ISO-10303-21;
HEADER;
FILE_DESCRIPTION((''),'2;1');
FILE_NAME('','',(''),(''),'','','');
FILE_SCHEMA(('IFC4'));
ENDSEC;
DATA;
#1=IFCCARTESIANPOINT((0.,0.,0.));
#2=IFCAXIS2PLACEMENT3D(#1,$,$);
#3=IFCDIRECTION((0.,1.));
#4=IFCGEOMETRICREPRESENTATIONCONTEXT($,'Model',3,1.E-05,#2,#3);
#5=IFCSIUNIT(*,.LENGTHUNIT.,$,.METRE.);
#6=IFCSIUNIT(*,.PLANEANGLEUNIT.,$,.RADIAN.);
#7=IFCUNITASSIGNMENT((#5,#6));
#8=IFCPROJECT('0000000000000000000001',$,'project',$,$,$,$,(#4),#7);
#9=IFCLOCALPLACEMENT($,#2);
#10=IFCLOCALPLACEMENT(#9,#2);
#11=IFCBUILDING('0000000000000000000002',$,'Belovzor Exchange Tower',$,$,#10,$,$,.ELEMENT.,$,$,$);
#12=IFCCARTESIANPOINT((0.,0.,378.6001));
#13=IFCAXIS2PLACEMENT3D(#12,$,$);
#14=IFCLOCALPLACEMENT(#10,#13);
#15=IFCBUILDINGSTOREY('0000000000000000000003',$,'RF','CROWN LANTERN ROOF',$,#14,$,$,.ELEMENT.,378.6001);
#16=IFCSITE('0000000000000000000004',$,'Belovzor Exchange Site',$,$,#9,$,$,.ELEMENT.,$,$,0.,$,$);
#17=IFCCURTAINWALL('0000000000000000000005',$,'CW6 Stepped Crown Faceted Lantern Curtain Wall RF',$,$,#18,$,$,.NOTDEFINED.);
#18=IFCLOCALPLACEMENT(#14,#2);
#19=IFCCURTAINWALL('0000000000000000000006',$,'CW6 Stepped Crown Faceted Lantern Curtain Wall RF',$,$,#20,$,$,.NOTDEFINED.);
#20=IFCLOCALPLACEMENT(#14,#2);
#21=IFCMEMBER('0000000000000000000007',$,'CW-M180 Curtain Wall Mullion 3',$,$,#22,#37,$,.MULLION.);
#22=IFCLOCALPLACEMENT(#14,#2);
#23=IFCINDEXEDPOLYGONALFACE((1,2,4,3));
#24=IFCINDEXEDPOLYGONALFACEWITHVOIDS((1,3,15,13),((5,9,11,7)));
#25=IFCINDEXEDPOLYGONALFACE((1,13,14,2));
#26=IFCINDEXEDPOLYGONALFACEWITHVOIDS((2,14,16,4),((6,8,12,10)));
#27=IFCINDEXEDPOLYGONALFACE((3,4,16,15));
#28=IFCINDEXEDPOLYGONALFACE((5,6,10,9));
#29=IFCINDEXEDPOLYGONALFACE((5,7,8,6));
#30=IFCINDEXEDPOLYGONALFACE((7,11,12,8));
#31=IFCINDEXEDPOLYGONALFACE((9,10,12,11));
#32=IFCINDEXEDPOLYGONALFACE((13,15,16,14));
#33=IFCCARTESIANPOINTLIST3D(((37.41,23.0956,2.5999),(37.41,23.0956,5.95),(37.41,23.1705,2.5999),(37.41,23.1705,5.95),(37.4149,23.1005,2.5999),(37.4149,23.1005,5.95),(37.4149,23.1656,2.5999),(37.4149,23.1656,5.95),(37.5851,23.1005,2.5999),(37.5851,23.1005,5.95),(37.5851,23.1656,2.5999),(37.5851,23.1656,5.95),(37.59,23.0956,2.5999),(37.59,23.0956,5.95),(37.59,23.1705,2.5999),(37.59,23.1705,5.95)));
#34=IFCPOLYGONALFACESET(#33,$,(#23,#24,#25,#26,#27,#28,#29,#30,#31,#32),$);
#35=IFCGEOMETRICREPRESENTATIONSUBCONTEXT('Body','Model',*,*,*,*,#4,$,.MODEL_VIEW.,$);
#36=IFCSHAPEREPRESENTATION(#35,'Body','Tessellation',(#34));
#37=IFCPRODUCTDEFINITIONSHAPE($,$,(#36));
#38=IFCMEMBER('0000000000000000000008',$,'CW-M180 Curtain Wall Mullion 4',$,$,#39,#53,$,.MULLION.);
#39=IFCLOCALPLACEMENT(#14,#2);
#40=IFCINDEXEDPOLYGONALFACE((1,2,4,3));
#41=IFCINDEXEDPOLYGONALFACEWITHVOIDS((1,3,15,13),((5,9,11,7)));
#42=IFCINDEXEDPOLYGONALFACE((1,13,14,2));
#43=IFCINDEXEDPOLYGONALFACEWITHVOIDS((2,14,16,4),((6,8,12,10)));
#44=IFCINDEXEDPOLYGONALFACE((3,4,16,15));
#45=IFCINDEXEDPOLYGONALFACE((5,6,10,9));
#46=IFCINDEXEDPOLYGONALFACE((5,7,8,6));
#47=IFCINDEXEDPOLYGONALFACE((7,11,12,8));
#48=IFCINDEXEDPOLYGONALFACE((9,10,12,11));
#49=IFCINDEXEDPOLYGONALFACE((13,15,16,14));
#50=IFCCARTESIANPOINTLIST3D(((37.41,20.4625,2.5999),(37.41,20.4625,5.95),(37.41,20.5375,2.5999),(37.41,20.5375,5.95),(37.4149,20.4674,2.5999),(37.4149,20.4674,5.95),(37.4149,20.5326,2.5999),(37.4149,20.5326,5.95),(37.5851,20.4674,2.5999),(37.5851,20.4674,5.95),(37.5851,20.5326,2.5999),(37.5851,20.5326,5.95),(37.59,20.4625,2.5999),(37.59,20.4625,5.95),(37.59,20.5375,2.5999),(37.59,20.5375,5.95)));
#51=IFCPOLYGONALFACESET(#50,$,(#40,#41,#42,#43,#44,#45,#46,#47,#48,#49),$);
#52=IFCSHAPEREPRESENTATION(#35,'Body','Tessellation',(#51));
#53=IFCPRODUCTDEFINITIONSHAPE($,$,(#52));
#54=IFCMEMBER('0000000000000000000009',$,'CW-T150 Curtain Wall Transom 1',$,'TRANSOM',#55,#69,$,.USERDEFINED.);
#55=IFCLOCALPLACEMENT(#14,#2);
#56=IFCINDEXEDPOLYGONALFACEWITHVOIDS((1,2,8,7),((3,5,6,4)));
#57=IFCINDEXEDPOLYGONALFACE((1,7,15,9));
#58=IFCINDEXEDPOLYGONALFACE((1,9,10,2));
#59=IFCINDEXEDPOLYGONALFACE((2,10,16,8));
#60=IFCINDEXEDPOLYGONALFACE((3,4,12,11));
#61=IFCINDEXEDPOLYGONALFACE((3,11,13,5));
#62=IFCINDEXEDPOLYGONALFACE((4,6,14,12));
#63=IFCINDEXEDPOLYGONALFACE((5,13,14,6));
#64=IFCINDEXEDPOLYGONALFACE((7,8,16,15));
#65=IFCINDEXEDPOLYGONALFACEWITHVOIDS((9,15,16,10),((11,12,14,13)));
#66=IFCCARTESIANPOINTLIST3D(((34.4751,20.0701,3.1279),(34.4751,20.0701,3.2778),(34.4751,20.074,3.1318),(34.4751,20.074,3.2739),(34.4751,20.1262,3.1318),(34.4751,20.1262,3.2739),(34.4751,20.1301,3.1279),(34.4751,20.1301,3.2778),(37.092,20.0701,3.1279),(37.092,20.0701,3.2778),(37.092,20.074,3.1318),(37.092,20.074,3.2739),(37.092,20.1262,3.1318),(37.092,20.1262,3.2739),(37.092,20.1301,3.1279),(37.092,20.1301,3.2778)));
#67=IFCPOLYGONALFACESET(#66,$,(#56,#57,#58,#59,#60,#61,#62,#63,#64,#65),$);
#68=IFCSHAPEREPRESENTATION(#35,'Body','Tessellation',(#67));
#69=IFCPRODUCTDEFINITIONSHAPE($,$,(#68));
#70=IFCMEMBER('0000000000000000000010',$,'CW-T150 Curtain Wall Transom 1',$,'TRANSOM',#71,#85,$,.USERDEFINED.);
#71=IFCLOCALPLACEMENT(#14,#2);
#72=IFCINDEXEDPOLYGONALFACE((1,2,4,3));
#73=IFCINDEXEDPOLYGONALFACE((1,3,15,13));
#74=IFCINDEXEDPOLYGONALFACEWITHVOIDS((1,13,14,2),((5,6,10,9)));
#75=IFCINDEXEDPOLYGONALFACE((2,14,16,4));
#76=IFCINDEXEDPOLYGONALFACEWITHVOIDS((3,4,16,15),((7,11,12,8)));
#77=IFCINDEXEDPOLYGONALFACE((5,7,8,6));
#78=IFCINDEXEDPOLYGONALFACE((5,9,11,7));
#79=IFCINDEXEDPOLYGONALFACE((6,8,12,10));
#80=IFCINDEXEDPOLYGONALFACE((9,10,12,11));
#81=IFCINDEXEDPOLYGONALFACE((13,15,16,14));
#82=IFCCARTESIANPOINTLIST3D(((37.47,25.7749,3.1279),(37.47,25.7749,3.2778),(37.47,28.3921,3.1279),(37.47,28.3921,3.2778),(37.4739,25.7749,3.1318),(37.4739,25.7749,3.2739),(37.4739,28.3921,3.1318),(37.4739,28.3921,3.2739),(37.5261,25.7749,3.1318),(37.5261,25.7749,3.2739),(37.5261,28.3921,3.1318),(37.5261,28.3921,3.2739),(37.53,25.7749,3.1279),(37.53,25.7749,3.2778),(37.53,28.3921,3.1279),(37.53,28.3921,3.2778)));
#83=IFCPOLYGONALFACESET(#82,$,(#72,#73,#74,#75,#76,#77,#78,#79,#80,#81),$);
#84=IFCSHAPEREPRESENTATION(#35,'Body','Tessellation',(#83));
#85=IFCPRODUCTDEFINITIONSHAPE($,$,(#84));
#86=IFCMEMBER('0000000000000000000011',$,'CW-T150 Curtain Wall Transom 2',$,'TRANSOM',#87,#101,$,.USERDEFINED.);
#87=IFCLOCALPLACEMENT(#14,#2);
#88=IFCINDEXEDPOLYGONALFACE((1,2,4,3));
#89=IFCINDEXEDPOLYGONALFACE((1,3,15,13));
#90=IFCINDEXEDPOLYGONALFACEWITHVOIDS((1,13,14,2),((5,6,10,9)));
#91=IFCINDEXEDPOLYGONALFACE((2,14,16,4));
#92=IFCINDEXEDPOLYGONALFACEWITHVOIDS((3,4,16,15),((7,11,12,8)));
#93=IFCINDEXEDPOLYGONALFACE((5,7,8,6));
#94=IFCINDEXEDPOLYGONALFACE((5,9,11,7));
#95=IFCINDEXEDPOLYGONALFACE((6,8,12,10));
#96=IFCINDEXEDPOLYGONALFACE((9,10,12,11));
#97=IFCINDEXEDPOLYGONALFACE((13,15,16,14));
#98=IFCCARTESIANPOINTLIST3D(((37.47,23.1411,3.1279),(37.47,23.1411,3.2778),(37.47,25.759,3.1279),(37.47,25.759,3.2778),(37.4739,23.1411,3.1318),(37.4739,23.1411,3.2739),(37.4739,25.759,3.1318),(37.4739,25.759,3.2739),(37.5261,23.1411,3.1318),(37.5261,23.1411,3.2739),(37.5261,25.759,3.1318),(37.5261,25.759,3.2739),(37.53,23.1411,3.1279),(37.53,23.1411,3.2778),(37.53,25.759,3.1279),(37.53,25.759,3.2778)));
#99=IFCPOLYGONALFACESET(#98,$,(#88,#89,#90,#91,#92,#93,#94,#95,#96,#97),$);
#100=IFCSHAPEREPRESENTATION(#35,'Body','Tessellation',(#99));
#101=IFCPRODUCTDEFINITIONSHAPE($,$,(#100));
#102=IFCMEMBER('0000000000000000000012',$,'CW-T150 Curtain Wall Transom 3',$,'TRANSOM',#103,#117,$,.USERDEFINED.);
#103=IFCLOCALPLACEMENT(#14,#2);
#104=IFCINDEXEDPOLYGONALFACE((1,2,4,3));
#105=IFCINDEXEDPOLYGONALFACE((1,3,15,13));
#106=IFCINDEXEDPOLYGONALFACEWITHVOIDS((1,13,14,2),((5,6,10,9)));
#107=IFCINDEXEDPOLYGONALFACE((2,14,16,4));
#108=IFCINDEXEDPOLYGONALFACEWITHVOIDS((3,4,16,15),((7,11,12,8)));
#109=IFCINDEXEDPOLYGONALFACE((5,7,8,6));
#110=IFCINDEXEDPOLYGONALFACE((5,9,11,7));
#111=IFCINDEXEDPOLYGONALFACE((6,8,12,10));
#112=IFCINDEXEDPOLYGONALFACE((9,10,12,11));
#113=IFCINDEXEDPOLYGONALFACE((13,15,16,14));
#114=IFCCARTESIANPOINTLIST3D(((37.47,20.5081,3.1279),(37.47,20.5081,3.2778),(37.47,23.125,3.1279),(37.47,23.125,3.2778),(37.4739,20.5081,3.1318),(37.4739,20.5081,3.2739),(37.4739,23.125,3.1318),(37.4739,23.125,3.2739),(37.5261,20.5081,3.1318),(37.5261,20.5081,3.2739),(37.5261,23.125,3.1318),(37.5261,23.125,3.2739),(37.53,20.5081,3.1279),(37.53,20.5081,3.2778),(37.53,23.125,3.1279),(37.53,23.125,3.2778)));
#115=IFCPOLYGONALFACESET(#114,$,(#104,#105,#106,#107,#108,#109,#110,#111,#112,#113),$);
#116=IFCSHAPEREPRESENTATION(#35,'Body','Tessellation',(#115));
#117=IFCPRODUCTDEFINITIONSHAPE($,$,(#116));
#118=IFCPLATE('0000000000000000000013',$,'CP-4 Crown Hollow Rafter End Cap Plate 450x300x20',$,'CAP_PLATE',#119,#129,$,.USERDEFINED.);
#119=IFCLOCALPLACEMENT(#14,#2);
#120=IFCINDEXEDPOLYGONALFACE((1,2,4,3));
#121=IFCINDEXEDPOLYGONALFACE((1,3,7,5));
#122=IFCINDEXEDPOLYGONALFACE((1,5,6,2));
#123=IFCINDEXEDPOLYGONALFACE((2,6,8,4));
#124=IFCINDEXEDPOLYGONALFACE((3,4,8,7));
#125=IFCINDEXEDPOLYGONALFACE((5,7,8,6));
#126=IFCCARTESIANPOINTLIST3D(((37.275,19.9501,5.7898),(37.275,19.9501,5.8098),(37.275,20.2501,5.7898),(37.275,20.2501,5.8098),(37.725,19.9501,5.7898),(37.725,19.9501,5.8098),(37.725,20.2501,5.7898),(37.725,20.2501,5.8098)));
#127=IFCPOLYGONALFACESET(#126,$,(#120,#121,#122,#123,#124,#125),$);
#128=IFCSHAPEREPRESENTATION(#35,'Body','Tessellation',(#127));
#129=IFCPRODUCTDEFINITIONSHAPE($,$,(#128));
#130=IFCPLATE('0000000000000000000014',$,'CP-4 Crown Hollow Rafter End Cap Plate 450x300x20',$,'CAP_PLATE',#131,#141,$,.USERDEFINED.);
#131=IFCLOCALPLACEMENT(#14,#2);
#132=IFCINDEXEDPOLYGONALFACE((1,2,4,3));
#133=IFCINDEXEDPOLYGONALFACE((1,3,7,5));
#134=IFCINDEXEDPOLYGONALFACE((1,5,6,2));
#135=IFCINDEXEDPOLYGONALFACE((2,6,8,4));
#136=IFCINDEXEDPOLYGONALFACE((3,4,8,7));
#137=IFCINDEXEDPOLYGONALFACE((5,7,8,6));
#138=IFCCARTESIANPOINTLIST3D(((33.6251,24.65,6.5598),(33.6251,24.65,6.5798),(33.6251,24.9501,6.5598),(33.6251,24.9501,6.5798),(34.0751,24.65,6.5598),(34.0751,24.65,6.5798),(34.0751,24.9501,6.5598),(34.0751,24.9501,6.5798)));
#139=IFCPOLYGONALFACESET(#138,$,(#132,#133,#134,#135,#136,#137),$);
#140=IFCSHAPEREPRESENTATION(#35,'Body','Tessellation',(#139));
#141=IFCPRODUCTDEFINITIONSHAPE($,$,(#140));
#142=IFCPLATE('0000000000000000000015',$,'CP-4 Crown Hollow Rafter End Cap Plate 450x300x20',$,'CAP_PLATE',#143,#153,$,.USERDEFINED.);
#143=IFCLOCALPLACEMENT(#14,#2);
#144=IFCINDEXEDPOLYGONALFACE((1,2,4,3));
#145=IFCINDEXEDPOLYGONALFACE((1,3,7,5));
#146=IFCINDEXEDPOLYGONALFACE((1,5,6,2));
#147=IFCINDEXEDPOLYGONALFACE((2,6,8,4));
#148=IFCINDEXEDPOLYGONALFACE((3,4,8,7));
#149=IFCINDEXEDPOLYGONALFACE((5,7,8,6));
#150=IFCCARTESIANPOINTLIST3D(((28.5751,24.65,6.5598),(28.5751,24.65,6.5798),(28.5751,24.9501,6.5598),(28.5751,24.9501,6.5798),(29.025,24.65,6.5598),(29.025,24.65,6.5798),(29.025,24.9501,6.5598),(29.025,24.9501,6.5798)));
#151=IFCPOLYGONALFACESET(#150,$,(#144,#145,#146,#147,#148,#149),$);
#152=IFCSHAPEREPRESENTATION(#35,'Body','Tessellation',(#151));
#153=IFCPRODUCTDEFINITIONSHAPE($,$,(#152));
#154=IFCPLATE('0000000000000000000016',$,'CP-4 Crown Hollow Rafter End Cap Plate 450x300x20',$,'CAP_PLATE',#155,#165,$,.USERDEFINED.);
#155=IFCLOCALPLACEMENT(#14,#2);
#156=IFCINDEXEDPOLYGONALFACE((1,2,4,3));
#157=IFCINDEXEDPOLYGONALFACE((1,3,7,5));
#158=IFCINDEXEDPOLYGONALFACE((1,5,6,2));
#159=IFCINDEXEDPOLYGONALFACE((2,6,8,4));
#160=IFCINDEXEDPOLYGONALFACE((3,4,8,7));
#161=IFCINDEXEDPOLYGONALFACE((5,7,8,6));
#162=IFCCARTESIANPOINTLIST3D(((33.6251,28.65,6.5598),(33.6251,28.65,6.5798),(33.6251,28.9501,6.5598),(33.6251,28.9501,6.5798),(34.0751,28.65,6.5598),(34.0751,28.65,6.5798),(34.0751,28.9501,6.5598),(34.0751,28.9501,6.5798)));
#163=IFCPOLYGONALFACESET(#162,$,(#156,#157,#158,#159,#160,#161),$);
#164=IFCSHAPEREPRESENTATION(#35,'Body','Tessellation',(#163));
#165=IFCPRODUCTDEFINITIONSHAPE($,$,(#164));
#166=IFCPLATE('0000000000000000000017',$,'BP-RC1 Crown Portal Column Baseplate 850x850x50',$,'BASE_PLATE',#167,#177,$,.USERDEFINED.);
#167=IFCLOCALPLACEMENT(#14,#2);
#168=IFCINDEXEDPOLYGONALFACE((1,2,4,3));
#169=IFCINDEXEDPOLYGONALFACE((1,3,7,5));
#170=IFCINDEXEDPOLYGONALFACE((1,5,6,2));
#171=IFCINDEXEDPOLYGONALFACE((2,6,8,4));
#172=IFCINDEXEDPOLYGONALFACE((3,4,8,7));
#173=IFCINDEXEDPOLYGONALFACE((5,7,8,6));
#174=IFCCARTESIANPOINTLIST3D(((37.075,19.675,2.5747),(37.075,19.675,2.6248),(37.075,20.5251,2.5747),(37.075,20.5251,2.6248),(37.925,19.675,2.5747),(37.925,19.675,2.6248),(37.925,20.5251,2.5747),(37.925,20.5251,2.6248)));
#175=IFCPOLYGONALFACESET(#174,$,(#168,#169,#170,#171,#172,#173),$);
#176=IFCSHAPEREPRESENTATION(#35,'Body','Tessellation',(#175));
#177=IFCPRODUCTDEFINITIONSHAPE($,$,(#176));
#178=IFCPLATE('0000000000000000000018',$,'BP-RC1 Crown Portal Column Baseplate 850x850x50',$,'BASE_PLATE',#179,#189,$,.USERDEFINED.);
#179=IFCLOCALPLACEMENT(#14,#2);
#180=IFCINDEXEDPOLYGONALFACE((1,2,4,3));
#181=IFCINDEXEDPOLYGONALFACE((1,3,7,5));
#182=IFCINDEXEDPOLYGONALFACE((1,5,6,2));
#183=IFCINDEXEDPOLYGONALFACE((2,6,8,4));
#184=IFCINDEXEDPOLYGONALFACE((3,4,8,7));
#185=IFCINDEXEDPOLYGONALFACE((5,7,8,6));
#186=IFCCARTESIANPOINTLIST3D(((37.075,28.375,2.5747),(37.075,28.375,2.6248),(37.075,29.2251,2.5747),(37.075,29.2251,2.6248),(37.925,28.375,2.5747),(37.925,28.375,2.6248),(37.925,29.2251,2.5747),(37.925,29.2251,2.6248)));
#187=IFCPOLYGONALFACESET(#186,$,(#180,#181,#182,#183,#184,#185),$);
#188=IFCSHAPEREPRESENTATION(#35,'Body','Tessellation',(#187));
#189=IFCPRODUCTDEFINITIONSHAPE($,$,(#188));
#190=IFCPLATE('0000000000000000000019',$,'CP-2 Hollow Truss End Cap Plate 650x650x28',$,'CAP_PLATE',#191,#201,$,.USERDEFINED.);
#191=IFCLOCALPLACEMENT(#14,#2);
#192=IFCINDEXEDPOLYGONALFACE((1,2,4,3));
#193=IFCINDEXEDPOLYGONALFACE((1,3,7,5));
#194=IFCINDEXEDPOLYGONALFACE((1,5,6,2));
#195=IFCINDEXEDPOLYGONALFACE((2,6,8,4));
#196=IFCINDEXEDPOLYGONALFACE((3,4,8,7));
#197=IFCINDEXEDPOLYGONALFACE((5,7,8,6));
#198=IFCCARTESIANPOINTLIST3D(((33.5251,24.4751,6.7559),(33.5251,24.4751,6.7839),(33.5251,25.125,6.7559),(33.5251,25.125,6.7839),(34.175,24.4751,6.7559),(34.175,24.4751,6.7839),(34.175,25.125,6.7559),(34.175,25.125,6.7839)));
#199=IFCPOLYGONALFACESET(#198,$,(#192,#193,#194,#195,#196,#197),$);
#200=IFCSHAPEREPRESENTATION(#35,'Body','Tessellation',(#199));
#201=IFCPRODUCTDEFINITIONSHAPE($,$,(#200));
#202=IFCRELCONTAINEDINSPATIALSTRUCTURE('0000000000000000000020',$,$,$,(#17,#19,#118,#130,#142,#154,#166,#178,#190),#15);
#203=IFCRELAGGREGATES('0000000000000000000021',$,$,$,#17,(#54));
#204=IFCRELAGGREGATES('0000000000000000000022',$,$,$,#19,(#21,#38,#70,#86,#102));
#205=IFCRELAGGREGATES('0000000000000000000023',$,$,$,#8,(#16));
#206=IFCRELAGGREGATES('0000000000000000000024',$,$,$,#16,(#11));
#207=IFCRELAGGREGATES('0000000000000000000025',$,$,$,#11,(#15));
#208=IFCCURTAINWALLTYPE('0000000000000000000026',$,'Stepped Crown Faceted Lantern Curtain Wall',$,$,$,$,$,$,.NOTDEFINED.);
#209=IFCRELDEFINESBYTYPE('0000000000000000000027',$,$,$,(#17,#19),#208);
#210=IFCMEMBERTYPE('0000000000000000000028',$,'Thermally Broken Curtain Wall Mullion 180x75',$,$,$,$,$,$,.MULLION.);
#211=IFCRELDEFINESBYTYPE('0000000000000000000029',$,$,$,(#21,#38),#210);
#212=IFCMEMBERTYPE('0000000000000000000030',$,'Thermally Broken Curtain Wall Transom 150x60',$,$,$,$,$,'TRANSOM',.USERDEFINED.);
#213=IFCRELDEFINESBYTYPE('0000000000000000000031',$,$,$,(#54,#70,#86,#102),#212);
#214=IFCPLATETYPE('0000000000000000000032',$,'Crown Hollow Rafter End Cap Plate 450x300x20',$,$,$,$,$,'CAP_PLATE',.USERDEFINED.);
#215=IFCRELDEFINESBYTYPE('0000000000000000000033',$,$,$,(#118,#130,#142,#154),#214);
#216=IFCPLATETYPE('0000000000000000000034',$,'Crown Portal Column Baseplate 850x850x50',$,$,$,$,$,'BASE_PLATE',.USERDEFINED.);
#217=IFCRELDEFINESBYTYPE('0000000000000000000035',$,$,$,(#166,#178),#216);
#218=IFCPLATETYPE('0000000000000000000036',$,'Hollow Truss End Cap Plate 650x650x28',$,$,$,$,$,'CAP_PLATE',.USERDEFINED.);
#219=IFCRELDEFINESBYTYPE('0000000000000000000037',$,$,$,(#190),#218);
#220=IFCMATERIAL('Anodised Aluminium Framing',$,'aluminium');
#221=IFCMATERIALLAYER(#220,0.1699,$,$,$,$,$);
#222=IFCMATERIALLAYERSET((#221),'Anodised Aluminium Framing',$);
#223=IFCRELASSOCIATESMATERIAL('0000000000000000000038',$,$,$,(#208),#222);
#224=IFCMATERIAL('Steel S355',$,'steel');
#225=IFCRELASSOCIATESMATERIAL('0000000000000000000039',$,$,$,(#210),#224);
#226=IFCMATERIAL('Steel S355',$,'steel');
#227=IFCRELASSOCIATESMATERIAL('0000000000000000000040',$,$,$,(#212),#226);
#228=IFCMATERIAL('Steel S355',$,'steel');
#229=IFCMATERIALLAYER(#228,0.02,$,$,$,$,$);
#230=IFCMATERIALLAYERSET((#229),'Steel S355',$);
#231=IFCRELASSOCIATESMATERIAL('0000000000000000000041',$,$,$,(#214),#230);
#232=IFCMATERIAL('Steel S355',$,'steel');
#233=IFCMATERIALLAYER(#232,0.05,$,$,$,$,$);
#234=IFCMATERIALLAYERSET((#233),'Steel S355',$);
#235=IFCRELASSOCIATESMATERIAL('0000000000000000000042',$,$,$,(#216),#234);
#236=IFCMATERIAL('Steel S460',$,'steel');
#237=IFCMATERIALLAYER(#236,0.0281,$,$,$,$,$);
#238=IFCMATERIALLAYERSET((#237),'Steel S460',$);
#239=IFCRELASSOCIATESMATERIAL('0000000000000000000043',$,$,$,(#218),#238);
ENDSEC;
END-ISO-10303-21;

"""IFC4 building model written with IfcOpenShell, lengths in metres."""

from ifc_helpers import new_model, si_unit, direction, frame, origin, origin_2d, place, context, subcontext, project, spatial, rectangle, hollow_rectangle, extrude, material, layer, layer_set, material_profile, profile_set, type_object, element, aggregate, save


model = new_model("IFC4")

# Units and contexts
model_context = context("Model", 3, precision=1e-05, world=origin(), true_north=direction((0.0, 1.0)))
body_context = subcontext(model_context, "Body", "Model", "MODEL_VIEW")
ifc_project = project(units=[si_unit("LENGTHUNIT", "METRE"), si_unit("PLANEANGLEUNIT", "RADIAN")], contexts=[model_context])

# Site, building, storey
site_placement = place(None, origin())
site = spatial("IfcSite", under=ifc_project, at=site_placement, Name="Belovzor Exchange Site", CompositionType="ELEMENT", RefElevation=0.0)
building_placement = place(site_placement, origin())
building = spatial("IfcBuilding", under=site, at=building_placement, Name="Belovzor Exchange Tower", CompositionType="ELEMENT")
storey_placement = place(building_placement, frame((0.0, 0.0, 378.6001)))
storey = spatial("IfcBuildingStorey", under=building, at=storey_placement, Name="RF", Description="CROWN LANTERN ROOF", CompositionType="ELEMENT", Elevation=378.6001)

# Curtain wall
ifc_material_1 = material(Name="Anodised Aluminium Framing", Category="aluminium")
ifc_layer_1 = layer(ifc_material_1, 0.1699)
ifc_layer_set_1 = layer_set([ifc_layer_1], Name="Anodised Aluminium Framing")
curtain_wall_type = type_object("IfcCurtainWallType", Name="Stepped Crown Faceted Lantern Curtain Wall", PredefinedType="NOTDEFINED", material=ifc_layer_set_1)
curtain_wall_1_placement = place(storey_placement, origin())
curtain_wall_1 = element("IfcCurtainWall", 1, at=curtain_wall_1_placement, inside=storey, type_object=curtain_wall_type, Name="CW6 Stepped Crown Faceted Lantern Curtain Wall RF", PredefinedType="NOTDEFINED")
ifc_material_2 = material(Name="Steel S355", Category="steel")
ifc_material_profile_1 = material_profile(ifc_material_2, hollow_rectangle(XDim=0.075, YDim=0.1799, WallThickness=0.0049, at=origin_2d()))
ifc_profile_set_1 = profile_set([ifc_material_profile_1], Name="Steel S355")
member_type_1 = type_object("IfcMemberType", Name="Thermally Broken Curtain Wall Mullion 180x75", PredefinedType="MULLION", material=ifc_profile_set_1)

# Curtain wall, members
curtain_wall_2_placement = place(storey_placement, origin())
curtain_wall_2 = element("IfcCurtainWall", 2, at=curtain_wall_2_placement, inside=storey, type_object=curtain_wall_type, Name="CW6 Stepped Crown Faceted Lantern Curtain Wall RF", PredefinedType="NOTDEFINED")
member_1_placement = place(storey_placement, frame((37.5, 23.1331, 2.5999), z_axis=(0.0, 0.0, 1.0), x_axis=(0.0, -1.0, 0.0)))
member_1 = element("IfcMember", 3, at=member_1_placement, type_object=member_type_1, Name="CW-M180 Curtain Wall Mullion 3", PredefinedType="MULLION", context=body_context, shape_type="SweptSolid", body=[
    extrude(hollow_rectangle(XDim=0.075, YDim=0.1799, WallThickness=0.0049, at=origin_2d()), origin(), (0.0, 0.0, 1.0), 3.3501),
])
member_2_placement = place(storey_placement, frame((37.5, 20.5, 2.5999), z_axis=(0.0, 0.0, 1.0), x_axis=(0.0, -1.0, 0.0)))
member_2 = element("IfcMember", 4, at=member_2_placement, type_object=member_type_1, Name="CW-M180 Curtain Wall Mullion 4", PredefinedType="MULLION", context=body_context, shape_type="SweptSolid", body=[
    extrude(hollow_rectangle(XDim=0.075, YDim=0.1799, WallThickness=0.0049, at=origin_2d()), origin(), (0.0, 0.0, 1.0), 3.3501),
])

# Members
ifc_material_3 = material(Name="Steel S355", Category="steel")
ifc_material_profile_2 = material_profile(ifc_material_3, hollow_rectangle(XDim=0.0601, YDim=0.1499, WallThickness=0.0039, at=origin_2d()))
ifc_profile_set_2 = profile_set([ifc_material_profile_2], Name="Steel S355")
member_type_2 = type_object("IfcMemberType", Name="Thermally Broken Curtain Wall Transom 150x60", ElementType="TRANSOM", PredefinedType="USERDEFINED", material=ifc_profile_set_2)
member_3_placement = place(storey_placement, frame((37.092, 20.1001, 3.2029), z_axis=(-1.0, 0.0, 0.0), x_axis=(0.0, -1.0, 0.0)))
member_3 = element("IfcMember", 5, at=member_3_placement, type_object=member_type_2, Name="CW-T150 Curtain Wall Transom 1", ObjectType="TRANSOM", PredefinedType="USERDEFINED", context=body_context, shape_type="SweptSolid", body=[
    extrude(hollow_rectangle(XDim=0.0601, YDim=0.1499, WallThickness=0.0039, at=origin_2d()), origin(), (0.0, 0.0, 1.0), 2.6169),
])
aggregate(curtain_wall_1, [member_3])
member_4_placement = place(storey_placement, frame((37.5, 28.3921, 3.2029), z_axis=(0.0, -1.0, 0.0), x_axis=(1.0, 0.0, 0.0)))
member_4 = element("IfcMember", 6, at=member_4_placement, type_object=member_type_2, Name="CW-T150 Curtain Wall Transom 1", ObjectType="TRANSOM", PredefinedType="USERDEFINED", context=body_context, shape_type="SweptSolid", body=[
    extrude(hollow_rectangle(XDim=0.0601, YDim=0.1499, WallThickness=0.0039, at=origin_2d()), origin(), (0.0, 0.0, 1.0), 2.6172),
])
member_5_placement = place(storey_placement, frame((37.5, 25.759, 3.2029), z_axis=(0.0, -1.0, 0.0), x_axis=(1.0, 0.0, 0.0)))
member_5 = element("IfcMember", 7, at=member_5_placement, type_object=member_type_2, Name="CW-T150 Curtain Wall Transom 2", ObjectType="TRANSOM", PredefinedType="USERDEFINED", context=body_context, shape_type="SweptSolid", body=[
    extrude(hollow_rectangle(XDim=0.0601, YDim=0.1499, WallThickness=0.0039, at=origin_2d()), origin(), (0.0, 0.0, 1.0), 2.6179),
])
member_6_placement = place(storey_placement, frame((37.5, 23.125, 3.2029), z_axis=(0.0, -1.0, 0.0), x_axis=(1.0, 0.0, 0.0)))
member_6 = element("IfcMember", 8, at=member_6_placement, type_object=member_type_2, Name="CW-T150 Curtain Wall Transom 3", ObjectType="TRANSOM", PredefinedType="USERDEFINED", context=body_context, shape_type="SweptSolid", body=[
    extrude(hollow_rectangle(XDim=0.0601, YDim=0.1499, WallThickness=0.0039, at=origin_2d()), origin(), (0.0, 0.0, 1.0), 2.6169),
])

# Plates
ifc_material_4 = material(Name="Steel S355", Category="steel")
ifc_layer_2 = layer(ifc_material_4, 0.02)
ifc_layer_set_2 = layer_set([ifc_layer_2], Name="Steel S355")
plate_type_1 = type_object("IfcPlateType", Name="Crown Hollow Rafter End Cap Plate 450x300x20", ElementType="CAP_PLATE", PredefinedType="USERDEFINED", material=ifc_layer_set_2)
for number, where, z_axis, x_axis, name in (
    (9, (37.5, 20.1001, 5.7898), (0.0, 0.0, 1.0), (1.0, 0.0, 0.0), "CP-4 Crown Hollow Rafter End Cap Plate 450x300x20"),
    (10, (33.8501, 24.8, 6.5598), (0.0, 0.0, 1.0), (1.0, 0.0, 0.0), "CP-4 Crown Hollow Rafter End Cap Plate 450x300x20"),
    (11, (28.8, 24.8, 6.5598), (0.0, 0.0, 1.0), (1.0, 0.0, 0.0), "CP-4 Crown Hollow Rafter End Cap Plate 450x300x20"),
    (12, (33.8501, 28.8, 6.5598), (0.0, 0.0, 1.0), (1.0, 0.0, 0.0), "CP-4 Crown Hollow Rafter End Cap Plate 450x300x20"),
):
    element("IfcPlate", number, at=place(storey_placement, frame(where, z_axis=z_axis, x_axis=x_axis)), inside=storey, type_object=plate_type_1, Name=name, ObjectType="CAP_PLATE", PredefinedType="USERDEFINED", context=body_context, shape_type="SweptSolid", body=[
        extrude(rectangle(XDim=0.45, YDim=0.3, at=origin_2d()), origin(), (0.0, 0.0, 1.0), 0.02),
    ])
ifc_material_5 = material(Name="Steel S355", Category="steel")
ifc_layer_3 = layer(ifc_material_5, 0.05)
ifc_layer_set_3 = layer_set([ifc_layer_3], Name="Steel S355")
plate_type_2 = type_object("IfcPlateType", Name="Crown Portal Column Baseplate 850x850x50", ElementType="BASE_PLATE", PredefinedType="USERDEFINED", material=ifc_layer_set_3)
for number, where, z_axis, x_axis, name in (
    (13, (37.5, 20.1001, 2.5747), (0.0, 0.0, 1.0), (1.0, 0.0, 0.0), "BP-RC1 Crown Portal Column Baseplate 850x850x50"),
    (14, (37.5, 28.8, 2.5747), (0.0, 0.0, 1.0), (1.0, 0.0, 0.0), "BP-RC1 Crown Portal Column Baseplate 850x850x50"),
):
    element("IfcPlate", number, at=place(storey_placement, frame(where, z_axis=z_axis, x_axis=x_axis)), inside=storey, type_object=plate_type_2, Name=name, ObjectType="BASE_PLATE", PredefinedType="USERDEFINED", context=body_context, shape_type="SweptSolid", body=[
        extrude(rectangle(XDim=0.8501, YDim=0.8501, at=origin_2d()), origin(), (0.0, 0.0, 1.0), 0.05),
    ])
ifc_material_6 = material(Name="Steel S460", Category="steel")
ifc_layer_4 = layer(ifc_material_6, 0.0281)
ifc_layer_set_4 = layer_set([ifc_layer_4], Name="Steel S460")
plate_type_3 = type_object("IfcPlateType", Name="Hollow Truss End Cap Plate 650x650x28", ElementType="CAP_PLATE", PredefinedType="USERDEFINED", material=ifc_layer_set_4)
plate_1_placement = place(storey_placement, frame((33.8501, 24.8, 6.7559), z_axis=(0.0, 0.0, 1.0), x_axis=(1.0, 0.0, 0.0)))
element("IfcPlate", 15, at=plate_1_placement, inside=storey, type_object=plate_type_3, Name="CP-2 Hollow Truss End Cap Plate 650x650x28", ObjectType="CAP_PLATE", PredefinedType="USERDEFINED", context=body_context, shape_type="SweptSolid", body=[
    extrude(rectangle(XDim=0.6499, YDim=0.6499, at=origin_2d()), origin(), (0.0, 0.0, 1.0), 0.0281),
])

aggregate(curtain_wall_2, [member_1, member_2, member_4, member_5, member_6])

save(model, "model.ifc")
